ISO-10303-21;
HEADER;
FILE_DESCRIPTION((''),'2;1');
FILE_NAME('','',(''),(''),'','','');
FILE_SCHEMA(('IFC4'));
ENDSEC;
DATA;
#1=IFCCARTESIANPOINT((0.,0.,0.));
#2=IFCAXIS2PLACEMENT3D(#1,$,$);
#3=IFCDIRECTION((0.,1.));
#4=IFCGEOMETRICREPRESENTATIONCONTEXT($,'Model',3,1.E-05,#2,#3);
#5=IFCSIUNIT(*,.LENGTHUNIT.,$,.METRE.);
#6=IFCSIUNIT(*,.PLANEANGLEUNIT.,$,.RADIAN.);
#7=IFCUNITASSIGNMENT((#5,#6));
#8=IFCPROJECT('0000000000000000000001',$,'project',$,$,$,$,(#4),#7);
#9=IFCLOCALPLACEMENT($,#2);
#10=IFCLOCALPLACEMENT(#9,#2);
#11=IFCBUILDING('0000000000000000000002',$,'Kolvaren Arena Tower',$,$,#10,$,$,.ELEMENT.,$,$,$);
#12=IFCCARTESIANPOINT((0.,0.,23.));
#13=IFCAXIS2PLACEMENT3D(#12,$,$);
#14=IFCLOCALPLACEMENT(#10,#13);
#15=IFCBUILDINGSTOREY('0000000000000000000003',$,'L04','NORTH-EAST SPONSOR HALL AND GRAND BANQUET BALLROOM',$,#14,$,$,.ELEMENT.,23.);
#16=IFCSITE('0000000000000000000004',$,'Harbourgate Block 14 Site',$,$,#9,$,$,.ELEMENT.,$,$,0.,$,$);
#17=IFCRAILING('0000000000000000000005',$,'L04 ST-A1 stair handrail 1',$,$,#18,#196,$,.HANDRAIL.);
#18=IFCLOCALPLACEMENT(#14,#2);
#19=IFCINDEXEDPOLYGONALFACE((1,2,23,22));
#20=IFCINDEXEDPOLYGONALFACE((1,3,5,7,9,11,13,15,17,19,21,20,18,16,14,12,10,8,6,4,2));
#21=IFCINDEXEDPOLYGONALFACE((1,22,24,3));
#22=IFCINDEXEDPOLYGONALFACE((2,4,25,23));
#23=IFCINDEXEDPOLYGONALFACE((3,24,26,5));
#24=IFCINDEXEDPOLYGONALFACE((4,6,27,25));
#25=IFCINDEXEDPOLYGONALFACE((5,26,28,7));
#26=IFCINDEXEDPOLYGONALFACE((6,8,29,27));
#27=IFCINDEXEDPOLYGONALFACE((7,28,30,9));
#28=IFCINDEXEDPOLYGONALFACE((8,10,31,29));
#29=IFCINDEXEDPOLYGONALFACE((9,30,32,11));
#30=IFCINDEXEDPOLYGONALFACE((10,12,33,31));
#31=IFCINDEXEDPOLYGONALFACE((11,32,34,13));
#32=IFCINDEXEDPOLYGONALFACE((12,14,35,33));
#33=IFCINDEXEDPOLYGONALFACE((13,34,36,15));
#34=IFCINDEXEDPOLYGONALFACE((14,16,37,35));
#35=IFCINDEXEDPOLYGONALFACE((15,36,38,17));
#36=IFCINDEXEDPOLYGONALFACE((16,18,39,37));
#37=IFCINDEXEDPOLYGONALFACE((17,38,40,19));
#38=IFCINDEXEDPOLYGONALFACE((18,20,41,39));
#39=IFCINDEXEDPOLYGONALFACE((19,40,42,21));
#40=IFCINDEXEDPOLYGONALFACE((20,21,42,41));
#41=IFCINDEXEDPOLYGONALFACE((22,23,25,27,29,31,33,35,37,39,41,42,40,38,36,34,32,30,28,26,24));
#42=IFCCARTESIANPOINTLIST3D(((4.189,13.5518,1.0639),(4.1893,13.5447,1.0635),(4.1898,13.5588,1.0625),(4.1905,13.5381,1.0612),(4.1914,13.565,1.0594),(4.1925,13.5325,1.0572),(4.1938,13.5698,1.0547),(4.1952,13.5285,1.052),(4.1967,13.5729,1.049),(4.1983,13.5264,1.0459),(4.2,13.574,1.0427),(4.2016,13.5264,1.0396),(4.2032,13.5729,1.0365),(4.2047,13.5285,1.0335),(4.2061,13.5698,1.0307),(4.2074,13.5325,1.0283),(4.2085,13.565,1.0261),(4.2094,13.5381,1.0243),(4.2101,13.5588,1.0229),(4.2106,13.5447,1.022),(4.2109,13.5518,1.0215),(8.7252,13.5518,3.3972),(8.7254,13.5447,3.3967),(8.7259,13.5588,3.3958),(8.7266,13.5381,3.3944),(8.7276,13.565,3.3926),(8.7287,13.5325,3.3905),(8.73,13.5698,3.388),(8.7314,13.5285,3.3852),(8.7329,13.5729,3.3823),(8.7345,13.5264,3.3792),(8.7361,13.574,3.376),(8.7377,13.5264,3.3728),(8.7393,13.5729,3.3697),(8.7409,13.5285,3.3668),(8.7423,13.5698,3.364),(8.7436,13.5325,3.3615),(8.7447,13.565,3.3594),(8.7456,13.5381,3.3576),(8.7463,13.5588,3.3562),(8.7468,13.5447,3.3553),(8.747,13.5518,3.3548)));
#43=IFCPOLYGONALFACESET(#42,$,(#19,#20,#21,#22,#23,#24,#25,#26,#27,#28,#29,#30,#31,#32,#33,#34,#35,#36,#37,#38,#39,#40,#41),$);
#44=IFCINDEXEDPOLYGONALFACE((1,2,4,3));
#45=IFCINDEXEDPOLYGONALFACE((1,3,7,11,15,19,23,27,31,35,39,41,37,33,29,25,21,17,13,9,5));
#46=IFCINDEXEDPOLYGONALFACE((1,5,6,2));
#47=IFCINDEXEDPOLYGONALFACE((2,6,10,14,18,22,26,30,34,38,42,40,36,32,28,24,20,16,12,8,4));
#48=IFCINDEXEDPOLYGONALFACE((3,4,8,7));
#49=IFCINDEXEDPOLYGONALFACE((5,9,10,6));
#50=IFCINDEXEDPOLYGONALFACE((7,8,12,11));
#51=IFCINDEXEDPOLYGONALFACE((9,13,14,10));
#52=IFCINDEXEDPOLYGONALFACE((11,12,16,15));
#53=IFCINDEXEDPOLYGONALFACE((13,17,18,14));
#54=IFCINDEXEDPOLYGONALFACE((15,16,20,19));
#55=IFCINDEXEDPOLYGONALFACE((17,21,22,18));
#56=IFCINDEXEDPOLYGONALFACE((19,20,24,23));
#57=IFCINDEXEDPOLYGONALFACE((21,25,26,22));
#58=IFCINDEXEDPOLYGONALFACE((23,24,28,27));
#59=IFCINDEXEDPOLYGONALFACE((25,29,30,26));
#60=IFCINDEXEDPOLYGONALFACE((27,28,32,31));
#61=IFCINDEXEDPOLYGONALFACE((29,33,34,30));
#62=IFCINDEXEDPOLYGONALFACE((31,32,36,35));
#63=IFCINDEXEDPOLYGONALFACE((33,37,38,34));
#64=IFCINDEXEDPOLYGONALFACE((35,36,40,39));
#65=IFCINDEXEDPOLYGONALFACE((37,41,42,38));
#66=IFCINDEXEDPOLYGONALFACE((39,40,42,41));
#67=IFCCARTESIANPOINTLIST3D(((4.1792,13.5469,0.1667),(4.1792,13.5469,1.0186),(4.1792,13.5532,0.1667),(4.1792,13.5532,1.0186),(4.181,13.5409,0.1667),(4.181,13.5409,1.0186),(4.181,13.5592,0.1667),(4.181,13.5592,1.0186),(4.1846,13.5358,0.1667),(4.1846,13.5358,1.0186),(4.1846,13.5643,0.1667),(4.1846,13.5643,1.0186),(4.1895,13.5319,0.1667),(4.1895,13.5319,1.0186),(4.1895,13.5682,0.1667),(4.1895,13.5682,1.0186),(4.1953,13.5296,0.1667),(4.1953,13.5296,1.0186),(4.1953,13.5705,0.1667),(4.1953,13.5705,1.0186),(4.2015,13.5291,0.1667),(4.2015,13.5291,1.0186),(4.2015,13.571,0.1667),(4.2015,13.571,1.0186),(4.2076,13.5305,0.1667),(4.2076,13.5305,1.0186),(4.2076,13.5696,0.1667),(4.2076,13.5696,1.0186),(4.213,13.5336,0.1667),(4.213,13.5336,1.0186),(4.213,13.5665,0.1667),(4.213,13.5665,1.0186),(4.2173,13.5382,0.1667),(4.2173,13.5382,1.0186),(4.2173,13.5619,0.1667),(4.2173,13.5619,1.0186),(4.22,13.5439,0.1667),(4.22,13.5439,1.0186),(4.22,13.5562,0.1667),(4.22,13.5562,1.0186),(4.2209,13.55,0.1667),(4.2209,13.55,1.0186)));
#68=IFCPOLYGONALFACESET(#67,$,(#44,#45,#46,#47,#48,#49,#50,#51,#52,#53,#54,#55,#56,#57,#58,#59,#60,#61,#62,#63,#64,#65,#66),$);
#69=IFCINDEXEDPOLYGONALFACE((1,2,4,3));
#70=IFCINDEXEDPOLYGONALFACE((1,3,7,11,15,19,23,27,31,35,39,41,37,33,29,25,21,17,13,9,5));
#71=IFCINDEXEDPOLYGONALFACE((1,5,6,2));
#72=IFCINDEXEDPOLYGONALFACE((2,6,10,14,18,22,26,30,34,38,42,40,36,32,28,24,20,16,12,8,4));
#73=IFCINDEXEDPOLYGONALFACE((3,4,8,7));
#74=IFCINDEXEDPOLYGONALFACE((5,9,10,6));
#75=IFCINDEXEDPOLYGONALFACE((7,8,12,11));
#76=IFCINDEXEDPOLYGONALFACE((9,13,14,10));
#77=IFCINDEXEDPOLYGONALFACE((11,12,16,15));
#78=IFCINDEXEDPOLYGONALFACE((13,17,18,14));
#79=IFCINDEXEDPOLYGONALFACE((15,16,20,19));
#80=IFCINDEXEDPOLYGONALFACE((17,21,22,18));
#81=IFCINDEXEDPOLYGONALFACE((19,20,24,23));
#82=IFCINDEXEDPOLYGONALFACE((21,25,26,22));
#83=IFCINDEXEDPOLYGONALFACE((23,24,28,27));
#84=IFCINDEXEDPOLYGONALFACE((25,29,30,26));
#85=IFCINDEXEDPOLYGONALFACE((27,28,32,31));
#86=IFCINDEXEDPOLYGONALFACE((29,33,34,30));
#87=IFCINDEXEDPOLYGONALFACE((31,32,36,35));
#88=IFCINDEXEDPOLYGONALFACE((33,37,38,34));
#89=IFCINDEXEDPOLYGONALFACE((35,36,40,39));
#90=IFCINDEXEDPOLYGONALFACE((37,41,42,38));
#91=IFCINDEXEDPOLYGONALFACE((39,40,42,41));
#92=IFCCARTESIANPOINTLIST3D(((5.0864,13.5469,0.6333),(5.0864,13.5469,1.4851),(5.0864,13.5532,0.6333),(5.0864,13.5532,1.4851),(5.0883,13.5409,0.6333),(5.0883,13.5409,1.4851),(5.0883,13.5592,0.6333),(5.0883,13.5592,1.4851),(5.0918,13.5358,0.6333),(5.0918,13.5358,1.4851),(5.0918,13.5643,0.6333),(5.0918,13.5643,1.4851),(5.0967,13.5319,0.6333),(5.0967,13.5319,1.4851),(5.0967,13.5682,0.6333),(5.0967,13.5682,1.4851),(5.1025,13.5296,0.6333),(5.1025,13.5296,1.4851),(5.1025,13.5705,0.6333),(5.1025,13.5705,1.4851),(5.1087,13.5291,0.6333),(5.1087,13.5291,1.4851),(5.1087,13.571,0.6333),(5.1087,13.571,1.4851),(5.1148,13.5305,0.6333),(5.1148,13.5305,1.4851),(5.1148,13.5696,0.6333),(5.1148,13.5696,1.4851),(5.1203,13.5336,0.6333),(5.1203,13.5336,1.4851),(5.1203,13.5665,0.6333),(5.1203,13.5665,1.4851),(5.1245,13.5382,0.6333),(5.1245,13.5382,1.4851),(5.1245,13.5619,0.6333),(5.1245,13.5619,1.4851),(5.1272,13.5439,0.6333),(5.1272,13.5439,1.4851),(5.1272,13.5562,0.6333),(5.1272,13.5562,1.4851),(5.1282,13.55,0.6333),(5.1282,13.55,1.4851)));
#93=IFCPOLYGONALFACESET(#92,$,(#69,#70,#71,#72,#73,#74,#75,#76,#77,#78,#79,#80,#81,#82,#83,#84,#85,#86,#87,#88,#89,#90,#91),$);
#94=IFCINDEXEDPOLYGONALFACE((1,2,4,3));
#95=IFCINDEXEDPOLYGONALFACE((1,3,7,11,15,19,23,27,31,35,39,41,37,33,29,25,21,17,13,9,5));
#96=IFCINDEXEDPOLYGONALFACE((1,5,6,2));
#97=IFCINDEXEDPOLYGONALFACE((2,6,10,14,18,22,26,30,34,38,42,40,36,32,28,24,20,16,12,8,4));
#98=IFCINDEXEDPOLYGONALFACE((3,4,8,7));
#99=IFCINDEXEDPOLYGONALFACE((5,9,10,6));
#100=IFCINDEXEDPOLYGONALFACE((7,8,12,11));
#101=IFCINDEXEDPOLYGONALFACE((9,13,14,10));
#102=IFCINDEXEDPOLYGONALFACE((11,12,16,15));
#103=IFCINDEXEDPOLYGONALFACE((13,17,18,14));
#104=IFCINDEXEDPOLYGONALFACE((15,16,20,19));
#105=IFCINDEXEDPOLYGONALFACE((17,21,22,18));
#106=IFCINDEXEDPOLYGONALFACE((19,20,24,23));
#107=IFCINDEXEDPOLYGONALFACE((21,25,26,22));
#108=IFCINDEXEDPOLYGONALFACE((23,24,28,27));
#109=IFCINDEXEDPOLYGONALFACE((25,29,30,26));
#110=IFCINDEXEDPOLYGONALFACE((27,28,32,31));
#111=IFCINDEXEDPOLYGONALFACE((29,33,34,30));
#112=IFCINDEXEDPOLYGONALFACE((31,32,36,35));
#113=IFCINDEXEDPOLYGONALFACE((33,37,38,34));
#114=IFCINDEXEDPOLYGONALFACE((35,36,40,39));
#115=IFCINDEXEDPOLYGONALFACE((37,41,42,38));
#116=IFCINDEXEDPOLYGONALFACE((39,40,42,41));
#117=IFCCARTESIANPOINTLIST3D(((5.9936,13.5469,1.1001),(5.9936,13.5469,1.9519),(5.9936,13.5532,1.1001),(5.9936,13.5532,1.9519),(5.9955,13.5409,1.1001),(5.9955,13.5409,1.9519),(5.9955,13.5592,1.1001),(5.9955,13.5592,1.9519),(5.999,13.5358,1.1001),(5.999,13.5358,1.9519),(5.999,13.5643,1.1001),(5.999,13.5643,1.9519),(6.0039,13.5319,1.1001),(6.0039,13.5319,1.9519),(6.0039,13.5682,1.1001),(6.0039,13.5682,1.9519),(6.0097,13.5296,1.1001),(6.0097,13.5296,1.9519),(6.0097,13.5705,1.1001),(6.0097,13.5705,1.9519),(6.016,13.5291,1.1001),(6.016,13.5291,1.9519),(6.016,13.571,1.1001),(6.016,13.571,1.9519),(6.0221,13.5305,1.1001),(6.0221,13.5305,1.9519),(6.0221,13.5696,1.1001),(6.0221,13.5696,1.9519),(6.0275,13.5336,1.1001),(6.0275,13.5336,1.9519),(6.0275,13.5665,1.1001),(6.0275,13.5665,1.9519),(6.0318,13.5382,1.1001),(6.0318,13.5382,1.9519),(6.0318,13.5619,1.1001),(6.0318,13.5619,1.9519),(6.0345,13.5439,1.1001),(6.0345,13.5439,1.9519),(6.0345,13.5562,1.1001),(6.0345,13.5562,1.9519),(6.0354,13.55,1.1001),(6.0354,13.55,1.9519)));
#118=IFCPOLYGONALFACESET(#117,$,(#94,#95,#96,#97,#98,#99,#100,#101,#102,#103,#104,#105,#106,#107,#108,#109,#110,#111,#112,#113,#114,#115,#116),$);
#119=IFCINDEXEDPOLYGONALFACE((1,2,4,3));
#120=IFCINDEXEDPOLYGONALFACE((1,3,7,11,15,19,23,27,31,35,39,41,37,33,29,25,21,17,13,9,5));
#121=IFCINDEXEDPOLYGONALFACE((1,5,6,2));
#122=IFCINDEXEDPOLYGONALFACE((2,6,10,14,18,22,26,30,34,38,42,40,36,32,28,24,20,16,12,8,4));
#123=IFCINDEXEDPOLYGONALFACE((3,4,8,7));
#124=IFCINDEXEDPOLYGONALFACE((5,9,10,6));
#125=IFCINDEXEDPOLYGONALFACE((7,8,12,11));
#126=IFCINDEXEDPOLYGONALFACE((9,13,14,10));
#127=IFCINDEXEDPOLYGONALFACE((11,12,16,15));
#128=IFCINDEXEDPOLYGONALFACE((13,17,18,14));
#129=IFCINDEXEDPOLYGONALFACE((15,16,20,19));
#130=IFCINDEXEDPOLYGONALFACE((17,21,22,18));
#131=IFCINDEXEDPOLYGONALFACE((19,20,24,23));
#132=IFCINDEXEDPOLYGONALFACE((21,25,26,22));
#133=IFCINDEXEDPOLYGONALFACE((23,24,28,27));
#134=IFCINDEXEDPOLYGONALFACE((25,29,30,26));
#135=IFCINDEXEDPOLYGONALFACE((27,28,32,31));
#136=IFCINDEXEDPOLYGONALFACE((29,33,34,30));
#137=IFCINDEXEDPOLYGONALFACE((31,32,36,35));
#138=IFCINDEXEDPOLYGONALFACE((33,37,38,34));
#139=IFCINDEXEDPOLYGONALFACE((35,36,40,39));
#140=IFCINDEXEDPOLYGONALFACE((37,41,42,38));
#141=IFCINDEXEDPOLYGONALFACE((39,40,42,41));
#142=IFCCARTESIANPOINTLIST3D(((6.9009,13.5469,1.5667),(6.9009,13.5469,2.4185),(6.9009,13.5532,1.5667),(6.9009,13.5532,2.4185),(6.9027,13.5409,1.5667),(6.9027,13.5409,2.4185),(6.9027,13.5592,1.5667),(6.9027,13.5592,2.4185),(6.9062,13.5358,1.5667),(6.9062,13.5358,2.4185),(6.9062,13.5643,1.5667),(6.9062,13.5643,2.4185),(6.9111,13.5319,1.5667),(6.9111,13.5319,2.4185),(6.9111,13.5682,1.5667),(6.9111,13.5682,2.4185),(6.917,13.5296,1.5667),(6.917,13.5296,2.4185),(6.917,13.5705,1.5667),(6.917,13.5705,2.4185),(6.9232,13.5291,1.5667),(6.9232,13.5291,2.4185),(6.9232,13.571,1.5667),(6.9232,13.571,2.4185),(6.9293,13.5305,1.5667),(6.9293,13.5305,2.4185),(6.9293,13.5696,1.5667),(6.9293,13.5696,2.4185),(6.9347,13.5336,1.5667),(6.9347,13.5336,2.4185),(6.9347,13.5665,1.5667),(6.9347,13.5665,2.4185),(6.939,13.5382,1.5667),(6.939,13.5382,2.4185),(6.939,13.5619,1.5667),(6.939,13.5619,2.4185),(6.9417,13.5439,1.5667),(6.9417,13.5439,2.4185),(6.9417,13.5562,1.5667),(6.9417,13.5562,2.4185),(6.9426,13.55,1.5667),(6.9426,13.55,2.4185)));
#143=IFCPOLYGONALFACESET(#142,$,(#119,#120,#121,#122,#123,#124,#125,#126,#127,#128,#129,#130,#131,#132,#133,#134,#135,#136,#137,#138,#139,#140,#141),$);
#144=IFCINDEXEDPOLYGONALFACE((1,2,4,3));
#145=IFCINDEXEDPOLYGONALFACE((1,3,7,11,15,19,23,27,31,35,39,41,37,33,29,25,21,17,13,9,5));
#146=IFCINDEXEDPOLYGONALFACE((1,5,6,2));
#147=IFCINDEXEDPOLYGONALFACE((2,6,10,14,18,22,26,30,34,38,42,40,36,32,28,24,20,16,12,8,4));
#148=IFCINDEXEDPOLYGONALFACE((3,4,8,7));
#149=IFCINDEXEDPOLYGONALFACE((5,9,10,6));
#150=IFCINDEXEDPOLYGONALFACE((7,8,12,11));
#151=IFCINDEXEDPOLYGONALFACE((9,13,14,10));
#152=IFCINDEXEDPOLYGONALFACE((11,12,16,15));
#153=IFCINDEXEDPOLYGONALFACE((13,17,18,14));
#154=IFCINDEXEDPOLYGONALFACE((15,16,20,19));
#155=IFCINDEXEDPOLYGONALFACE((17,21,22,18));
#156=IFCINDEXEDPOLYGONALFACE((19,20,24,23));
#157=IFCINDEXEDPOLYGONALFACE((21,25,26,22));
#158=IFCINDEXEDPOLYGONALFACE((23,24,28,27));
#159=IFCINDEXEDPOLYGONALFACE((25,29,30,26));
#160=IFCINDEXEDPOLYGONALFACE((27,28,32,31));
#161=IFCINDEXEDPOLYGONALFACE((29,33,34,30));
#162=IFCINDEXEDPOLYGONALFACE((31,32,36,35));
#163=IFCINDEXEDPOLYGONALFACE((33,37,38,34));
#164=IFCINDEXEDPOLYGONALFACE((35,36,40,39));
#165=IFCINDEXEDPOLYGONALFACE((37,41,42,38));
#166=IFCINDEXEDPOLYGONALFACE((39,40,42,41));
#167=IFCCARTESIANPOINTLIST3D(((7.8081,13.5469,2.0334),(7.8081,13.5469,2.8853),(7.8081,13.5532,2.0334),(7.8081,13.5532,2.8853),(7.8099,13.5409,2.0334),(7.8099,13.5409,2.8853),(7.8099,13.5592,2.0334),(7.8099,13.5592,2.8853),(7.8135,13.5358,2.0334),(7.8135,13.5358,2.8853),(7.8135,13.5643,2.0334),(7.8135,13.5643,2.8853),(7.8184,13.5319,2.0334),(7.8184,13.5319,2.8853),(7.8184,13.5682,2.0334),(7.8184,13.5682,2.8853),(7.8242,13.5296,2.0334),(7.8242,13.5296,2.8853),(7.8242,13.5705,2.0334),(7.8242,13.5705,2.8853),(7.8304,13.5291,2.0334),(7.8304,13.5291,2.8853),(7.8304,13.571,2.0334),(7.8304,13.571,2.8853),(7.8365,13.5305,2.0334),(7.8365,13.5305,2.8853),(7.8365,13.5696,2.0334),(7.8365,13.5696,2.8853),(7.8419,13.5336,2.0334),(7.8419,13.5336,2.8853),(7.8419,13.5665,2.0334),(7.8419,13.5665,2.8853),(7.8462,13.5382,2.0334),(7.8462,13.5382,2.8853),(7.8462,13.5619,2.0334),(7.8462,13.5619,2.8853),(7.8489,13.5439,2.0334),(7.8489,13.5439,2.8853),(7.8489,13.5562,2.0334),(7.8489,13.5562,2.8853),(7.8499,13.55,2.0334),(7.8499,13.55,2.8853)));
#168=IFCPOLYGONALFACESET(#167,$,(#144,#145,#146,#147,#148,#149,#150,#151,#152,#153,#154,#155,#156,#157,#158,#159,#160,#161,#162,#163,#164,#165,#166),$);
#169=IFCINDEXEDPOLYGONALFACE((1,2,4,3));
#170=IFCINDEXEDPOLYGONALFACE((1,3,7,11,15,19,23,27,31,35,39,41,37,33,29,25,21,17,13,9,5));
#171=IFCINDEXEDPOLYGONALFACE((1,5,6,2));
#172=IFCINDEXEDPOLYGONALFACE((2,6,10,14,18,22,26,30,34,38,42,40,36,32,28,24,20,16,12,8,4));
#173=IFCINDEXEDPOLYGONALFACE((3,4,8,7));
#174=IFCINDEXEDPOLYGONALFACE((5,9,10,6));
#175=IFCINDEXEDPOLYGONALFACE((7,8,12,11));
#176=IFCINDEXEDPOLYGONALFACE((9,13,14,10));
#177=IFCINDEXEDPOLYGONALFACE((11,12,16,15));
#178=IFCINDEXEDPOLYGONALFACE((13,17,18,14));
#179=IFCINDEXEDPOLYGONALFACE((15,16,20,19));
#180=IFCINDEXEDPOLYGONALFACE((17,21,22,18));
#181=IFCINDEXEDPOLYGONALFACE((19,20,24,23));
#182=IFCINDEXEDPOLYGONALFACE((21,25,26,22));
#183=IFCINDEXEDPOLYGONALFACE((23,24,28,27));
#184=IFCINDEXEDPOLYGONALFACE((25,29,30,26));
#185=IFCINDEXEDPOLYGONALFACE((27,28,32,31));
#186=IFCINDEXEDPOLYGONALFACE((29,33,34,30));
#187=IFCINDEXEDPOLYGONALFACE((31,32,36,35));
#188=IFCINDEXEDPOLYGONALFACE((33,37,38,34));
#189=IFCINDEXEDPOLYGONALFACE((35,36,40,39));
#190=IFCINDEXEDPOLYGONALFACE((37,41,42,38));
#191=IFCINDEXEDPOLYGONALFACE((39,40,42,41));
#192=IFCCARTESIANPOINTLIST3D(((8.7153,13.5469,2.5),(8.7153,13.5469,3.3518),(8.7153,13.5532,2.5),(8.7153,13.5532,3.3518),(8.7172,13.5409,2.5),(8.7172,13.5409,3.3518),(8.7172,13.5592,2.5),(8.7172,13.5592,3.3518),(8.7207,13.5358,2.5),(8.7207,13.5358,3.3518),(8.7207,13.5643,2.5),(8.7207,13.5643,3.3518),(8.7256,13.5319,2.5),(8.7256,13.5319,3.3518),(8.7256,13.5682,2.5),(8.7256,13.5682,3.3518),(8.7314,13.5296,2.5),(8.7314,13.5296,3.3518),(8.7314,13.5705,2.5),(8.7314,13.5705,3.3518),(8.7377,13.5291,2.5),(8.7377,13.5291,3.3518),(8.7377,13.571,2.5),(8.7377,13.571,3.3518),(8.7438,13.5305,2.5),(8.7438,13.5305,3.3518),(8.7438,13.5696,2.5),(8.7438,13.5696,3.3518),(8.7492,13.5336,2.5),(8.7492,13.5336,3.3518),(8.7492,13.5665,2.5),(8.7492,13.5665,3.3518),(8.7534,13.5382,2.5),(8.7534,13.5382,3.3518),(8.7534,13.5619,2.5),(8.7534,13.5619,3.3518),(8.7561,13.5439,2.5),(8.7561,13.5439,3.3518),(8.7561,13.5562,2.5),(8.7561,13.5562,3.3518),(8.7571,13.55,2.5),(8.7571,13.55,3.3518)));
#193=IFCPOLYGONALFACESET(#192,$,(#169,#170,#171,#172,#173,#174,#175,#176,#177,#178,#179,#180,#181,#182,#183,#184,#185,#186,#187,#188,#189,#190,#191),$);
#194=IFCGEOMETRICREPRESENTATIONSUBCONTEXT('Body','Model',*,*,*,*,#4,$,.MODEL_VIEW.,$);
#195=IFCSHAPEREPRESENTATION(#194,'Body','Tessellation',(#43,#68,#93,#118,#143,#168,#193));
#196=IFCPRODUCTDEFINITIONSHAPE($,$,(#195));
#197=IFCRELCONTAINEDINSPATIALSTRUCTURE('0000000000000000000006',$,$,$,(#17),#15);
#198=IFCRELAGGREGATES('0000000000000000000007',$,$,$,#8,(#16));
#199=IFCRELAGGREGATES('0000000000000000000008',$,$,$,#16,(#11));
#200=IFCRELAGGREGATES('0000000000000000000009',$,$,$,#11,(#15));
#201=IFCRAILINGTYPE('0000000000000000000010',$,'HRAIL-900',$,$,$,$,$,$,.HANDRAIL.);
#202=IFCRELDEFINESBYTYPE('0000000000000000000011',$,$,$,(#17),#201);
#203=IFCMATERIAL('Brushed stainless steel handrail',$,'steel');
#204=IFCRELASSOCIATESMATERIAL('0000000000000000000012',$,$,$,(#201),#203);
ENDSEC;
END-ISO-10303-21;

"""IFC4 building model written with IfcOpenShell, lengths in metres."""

from ifc_helpers import new_model, si_unit, direction, frame, origin, origin_2d, place, context, subcontext, project, spatial, circle, extrude, material, type_object, element, save


model = new_model("IFC4")

# Units and contexts
model_context = context("Model", 3, precision=1e-05, world=origin(), true_north=direction((0.0, 1.0)))
body_context = subcontext(model_context, "Body", "Model", "MODEL_VIEW")
ifc_project = project(units=[si_unit("LENGTHUNIT", "METRE"), si_unit("PLANEANGLEUNIT", "RADIAN")], contexts=[model_context])

# Site, building, storey
site_placement = place(None, origin())
site = spatial("IfcSite", under=ifc_project, at=site_placement, Name="Harbourgate Block 14 Site", CompositionType="ELEMENT", RefElevation=0.0)
building_placement = place(site_placement, origin())
building = spatial("IfcBuilding", under=site, at=building_placement, Name="Kolvaren Arena Tower", CompositionType="ELEMENT")
storey_placement = place(building_placement, frame((0.0, 0.0, 23.0)))
storey = spatial("IfcBuildingStorey", under=building, at=storey_placement, Name="L04", Description="NORTH-EAST SPONSOR HALL AND GRAND BANQUET BALLROOM", CompositionType="ELEMENT", Elevation=23.0)

# Railing
ifc_material_1 = material(Name="Brushed stainless steel handrail", Category="steel")
railing_type_1 = type_object("IfcRailingType", Name="HRAIL-900", PredefinedType="HANDRAIL", material=ifc_material_1)
railing_1_placement = place(storey_placement, frame((4.2, 13.55, 0.1667)))
element("IfcRailing", 1, at=railing_1_placement, inside=storey, type_object=railing_type_1, Name="L04 ST-A1 stair handrail 1", PredefinedType="HANDRAIL", context=body_context, shape_type="SweptSolid", body=[
    extrude(circle(Radius=0.0239, at=origin_2d()), frame((0.0, 0.0, 0.876), z_axis=(0.889257, 0.0, 0.457407), x_axis=(0.0, 1.0, 0.0)), (0.0, 0.0, 1.0), 5.1011),
    extrude(circle(Radius=0.021, at=origin_2d()), origin(), (0.0, 0.0, 1.0), 0.8518),
    extrude(circle(Radius=0.021, at=origin_2d()), frame((0.9072, 0.0, 0.4666)), (0.0, 0.0, 1.0), 0.8518),
    extrude(circle(Radius=0.021, at=origin_2d()), frame((1.8145, 0.0, 0.9333)), (0.0, 0.0, 1.0), 0.8518),
    extrude(circle(Radius=0.021, at=origin_2d()), frame((2.7217, 0.0, 1.3999)), (0.0, 0.0, 1.0), 0.8518),
    extrude(circle(Radius=0.021, at=origin_2d()), frame((3.6289, 0.0, 1.8667)), (0.0, 0.0, 1.0), 0.8518),
    extrude(circle(Radius=0.021, at=origin_2d()), frame((4.5361, 0.0, 2.3333)), (0.0, 0.0, 1.0), 0.8518),
])

save(model, "model.ifc")
